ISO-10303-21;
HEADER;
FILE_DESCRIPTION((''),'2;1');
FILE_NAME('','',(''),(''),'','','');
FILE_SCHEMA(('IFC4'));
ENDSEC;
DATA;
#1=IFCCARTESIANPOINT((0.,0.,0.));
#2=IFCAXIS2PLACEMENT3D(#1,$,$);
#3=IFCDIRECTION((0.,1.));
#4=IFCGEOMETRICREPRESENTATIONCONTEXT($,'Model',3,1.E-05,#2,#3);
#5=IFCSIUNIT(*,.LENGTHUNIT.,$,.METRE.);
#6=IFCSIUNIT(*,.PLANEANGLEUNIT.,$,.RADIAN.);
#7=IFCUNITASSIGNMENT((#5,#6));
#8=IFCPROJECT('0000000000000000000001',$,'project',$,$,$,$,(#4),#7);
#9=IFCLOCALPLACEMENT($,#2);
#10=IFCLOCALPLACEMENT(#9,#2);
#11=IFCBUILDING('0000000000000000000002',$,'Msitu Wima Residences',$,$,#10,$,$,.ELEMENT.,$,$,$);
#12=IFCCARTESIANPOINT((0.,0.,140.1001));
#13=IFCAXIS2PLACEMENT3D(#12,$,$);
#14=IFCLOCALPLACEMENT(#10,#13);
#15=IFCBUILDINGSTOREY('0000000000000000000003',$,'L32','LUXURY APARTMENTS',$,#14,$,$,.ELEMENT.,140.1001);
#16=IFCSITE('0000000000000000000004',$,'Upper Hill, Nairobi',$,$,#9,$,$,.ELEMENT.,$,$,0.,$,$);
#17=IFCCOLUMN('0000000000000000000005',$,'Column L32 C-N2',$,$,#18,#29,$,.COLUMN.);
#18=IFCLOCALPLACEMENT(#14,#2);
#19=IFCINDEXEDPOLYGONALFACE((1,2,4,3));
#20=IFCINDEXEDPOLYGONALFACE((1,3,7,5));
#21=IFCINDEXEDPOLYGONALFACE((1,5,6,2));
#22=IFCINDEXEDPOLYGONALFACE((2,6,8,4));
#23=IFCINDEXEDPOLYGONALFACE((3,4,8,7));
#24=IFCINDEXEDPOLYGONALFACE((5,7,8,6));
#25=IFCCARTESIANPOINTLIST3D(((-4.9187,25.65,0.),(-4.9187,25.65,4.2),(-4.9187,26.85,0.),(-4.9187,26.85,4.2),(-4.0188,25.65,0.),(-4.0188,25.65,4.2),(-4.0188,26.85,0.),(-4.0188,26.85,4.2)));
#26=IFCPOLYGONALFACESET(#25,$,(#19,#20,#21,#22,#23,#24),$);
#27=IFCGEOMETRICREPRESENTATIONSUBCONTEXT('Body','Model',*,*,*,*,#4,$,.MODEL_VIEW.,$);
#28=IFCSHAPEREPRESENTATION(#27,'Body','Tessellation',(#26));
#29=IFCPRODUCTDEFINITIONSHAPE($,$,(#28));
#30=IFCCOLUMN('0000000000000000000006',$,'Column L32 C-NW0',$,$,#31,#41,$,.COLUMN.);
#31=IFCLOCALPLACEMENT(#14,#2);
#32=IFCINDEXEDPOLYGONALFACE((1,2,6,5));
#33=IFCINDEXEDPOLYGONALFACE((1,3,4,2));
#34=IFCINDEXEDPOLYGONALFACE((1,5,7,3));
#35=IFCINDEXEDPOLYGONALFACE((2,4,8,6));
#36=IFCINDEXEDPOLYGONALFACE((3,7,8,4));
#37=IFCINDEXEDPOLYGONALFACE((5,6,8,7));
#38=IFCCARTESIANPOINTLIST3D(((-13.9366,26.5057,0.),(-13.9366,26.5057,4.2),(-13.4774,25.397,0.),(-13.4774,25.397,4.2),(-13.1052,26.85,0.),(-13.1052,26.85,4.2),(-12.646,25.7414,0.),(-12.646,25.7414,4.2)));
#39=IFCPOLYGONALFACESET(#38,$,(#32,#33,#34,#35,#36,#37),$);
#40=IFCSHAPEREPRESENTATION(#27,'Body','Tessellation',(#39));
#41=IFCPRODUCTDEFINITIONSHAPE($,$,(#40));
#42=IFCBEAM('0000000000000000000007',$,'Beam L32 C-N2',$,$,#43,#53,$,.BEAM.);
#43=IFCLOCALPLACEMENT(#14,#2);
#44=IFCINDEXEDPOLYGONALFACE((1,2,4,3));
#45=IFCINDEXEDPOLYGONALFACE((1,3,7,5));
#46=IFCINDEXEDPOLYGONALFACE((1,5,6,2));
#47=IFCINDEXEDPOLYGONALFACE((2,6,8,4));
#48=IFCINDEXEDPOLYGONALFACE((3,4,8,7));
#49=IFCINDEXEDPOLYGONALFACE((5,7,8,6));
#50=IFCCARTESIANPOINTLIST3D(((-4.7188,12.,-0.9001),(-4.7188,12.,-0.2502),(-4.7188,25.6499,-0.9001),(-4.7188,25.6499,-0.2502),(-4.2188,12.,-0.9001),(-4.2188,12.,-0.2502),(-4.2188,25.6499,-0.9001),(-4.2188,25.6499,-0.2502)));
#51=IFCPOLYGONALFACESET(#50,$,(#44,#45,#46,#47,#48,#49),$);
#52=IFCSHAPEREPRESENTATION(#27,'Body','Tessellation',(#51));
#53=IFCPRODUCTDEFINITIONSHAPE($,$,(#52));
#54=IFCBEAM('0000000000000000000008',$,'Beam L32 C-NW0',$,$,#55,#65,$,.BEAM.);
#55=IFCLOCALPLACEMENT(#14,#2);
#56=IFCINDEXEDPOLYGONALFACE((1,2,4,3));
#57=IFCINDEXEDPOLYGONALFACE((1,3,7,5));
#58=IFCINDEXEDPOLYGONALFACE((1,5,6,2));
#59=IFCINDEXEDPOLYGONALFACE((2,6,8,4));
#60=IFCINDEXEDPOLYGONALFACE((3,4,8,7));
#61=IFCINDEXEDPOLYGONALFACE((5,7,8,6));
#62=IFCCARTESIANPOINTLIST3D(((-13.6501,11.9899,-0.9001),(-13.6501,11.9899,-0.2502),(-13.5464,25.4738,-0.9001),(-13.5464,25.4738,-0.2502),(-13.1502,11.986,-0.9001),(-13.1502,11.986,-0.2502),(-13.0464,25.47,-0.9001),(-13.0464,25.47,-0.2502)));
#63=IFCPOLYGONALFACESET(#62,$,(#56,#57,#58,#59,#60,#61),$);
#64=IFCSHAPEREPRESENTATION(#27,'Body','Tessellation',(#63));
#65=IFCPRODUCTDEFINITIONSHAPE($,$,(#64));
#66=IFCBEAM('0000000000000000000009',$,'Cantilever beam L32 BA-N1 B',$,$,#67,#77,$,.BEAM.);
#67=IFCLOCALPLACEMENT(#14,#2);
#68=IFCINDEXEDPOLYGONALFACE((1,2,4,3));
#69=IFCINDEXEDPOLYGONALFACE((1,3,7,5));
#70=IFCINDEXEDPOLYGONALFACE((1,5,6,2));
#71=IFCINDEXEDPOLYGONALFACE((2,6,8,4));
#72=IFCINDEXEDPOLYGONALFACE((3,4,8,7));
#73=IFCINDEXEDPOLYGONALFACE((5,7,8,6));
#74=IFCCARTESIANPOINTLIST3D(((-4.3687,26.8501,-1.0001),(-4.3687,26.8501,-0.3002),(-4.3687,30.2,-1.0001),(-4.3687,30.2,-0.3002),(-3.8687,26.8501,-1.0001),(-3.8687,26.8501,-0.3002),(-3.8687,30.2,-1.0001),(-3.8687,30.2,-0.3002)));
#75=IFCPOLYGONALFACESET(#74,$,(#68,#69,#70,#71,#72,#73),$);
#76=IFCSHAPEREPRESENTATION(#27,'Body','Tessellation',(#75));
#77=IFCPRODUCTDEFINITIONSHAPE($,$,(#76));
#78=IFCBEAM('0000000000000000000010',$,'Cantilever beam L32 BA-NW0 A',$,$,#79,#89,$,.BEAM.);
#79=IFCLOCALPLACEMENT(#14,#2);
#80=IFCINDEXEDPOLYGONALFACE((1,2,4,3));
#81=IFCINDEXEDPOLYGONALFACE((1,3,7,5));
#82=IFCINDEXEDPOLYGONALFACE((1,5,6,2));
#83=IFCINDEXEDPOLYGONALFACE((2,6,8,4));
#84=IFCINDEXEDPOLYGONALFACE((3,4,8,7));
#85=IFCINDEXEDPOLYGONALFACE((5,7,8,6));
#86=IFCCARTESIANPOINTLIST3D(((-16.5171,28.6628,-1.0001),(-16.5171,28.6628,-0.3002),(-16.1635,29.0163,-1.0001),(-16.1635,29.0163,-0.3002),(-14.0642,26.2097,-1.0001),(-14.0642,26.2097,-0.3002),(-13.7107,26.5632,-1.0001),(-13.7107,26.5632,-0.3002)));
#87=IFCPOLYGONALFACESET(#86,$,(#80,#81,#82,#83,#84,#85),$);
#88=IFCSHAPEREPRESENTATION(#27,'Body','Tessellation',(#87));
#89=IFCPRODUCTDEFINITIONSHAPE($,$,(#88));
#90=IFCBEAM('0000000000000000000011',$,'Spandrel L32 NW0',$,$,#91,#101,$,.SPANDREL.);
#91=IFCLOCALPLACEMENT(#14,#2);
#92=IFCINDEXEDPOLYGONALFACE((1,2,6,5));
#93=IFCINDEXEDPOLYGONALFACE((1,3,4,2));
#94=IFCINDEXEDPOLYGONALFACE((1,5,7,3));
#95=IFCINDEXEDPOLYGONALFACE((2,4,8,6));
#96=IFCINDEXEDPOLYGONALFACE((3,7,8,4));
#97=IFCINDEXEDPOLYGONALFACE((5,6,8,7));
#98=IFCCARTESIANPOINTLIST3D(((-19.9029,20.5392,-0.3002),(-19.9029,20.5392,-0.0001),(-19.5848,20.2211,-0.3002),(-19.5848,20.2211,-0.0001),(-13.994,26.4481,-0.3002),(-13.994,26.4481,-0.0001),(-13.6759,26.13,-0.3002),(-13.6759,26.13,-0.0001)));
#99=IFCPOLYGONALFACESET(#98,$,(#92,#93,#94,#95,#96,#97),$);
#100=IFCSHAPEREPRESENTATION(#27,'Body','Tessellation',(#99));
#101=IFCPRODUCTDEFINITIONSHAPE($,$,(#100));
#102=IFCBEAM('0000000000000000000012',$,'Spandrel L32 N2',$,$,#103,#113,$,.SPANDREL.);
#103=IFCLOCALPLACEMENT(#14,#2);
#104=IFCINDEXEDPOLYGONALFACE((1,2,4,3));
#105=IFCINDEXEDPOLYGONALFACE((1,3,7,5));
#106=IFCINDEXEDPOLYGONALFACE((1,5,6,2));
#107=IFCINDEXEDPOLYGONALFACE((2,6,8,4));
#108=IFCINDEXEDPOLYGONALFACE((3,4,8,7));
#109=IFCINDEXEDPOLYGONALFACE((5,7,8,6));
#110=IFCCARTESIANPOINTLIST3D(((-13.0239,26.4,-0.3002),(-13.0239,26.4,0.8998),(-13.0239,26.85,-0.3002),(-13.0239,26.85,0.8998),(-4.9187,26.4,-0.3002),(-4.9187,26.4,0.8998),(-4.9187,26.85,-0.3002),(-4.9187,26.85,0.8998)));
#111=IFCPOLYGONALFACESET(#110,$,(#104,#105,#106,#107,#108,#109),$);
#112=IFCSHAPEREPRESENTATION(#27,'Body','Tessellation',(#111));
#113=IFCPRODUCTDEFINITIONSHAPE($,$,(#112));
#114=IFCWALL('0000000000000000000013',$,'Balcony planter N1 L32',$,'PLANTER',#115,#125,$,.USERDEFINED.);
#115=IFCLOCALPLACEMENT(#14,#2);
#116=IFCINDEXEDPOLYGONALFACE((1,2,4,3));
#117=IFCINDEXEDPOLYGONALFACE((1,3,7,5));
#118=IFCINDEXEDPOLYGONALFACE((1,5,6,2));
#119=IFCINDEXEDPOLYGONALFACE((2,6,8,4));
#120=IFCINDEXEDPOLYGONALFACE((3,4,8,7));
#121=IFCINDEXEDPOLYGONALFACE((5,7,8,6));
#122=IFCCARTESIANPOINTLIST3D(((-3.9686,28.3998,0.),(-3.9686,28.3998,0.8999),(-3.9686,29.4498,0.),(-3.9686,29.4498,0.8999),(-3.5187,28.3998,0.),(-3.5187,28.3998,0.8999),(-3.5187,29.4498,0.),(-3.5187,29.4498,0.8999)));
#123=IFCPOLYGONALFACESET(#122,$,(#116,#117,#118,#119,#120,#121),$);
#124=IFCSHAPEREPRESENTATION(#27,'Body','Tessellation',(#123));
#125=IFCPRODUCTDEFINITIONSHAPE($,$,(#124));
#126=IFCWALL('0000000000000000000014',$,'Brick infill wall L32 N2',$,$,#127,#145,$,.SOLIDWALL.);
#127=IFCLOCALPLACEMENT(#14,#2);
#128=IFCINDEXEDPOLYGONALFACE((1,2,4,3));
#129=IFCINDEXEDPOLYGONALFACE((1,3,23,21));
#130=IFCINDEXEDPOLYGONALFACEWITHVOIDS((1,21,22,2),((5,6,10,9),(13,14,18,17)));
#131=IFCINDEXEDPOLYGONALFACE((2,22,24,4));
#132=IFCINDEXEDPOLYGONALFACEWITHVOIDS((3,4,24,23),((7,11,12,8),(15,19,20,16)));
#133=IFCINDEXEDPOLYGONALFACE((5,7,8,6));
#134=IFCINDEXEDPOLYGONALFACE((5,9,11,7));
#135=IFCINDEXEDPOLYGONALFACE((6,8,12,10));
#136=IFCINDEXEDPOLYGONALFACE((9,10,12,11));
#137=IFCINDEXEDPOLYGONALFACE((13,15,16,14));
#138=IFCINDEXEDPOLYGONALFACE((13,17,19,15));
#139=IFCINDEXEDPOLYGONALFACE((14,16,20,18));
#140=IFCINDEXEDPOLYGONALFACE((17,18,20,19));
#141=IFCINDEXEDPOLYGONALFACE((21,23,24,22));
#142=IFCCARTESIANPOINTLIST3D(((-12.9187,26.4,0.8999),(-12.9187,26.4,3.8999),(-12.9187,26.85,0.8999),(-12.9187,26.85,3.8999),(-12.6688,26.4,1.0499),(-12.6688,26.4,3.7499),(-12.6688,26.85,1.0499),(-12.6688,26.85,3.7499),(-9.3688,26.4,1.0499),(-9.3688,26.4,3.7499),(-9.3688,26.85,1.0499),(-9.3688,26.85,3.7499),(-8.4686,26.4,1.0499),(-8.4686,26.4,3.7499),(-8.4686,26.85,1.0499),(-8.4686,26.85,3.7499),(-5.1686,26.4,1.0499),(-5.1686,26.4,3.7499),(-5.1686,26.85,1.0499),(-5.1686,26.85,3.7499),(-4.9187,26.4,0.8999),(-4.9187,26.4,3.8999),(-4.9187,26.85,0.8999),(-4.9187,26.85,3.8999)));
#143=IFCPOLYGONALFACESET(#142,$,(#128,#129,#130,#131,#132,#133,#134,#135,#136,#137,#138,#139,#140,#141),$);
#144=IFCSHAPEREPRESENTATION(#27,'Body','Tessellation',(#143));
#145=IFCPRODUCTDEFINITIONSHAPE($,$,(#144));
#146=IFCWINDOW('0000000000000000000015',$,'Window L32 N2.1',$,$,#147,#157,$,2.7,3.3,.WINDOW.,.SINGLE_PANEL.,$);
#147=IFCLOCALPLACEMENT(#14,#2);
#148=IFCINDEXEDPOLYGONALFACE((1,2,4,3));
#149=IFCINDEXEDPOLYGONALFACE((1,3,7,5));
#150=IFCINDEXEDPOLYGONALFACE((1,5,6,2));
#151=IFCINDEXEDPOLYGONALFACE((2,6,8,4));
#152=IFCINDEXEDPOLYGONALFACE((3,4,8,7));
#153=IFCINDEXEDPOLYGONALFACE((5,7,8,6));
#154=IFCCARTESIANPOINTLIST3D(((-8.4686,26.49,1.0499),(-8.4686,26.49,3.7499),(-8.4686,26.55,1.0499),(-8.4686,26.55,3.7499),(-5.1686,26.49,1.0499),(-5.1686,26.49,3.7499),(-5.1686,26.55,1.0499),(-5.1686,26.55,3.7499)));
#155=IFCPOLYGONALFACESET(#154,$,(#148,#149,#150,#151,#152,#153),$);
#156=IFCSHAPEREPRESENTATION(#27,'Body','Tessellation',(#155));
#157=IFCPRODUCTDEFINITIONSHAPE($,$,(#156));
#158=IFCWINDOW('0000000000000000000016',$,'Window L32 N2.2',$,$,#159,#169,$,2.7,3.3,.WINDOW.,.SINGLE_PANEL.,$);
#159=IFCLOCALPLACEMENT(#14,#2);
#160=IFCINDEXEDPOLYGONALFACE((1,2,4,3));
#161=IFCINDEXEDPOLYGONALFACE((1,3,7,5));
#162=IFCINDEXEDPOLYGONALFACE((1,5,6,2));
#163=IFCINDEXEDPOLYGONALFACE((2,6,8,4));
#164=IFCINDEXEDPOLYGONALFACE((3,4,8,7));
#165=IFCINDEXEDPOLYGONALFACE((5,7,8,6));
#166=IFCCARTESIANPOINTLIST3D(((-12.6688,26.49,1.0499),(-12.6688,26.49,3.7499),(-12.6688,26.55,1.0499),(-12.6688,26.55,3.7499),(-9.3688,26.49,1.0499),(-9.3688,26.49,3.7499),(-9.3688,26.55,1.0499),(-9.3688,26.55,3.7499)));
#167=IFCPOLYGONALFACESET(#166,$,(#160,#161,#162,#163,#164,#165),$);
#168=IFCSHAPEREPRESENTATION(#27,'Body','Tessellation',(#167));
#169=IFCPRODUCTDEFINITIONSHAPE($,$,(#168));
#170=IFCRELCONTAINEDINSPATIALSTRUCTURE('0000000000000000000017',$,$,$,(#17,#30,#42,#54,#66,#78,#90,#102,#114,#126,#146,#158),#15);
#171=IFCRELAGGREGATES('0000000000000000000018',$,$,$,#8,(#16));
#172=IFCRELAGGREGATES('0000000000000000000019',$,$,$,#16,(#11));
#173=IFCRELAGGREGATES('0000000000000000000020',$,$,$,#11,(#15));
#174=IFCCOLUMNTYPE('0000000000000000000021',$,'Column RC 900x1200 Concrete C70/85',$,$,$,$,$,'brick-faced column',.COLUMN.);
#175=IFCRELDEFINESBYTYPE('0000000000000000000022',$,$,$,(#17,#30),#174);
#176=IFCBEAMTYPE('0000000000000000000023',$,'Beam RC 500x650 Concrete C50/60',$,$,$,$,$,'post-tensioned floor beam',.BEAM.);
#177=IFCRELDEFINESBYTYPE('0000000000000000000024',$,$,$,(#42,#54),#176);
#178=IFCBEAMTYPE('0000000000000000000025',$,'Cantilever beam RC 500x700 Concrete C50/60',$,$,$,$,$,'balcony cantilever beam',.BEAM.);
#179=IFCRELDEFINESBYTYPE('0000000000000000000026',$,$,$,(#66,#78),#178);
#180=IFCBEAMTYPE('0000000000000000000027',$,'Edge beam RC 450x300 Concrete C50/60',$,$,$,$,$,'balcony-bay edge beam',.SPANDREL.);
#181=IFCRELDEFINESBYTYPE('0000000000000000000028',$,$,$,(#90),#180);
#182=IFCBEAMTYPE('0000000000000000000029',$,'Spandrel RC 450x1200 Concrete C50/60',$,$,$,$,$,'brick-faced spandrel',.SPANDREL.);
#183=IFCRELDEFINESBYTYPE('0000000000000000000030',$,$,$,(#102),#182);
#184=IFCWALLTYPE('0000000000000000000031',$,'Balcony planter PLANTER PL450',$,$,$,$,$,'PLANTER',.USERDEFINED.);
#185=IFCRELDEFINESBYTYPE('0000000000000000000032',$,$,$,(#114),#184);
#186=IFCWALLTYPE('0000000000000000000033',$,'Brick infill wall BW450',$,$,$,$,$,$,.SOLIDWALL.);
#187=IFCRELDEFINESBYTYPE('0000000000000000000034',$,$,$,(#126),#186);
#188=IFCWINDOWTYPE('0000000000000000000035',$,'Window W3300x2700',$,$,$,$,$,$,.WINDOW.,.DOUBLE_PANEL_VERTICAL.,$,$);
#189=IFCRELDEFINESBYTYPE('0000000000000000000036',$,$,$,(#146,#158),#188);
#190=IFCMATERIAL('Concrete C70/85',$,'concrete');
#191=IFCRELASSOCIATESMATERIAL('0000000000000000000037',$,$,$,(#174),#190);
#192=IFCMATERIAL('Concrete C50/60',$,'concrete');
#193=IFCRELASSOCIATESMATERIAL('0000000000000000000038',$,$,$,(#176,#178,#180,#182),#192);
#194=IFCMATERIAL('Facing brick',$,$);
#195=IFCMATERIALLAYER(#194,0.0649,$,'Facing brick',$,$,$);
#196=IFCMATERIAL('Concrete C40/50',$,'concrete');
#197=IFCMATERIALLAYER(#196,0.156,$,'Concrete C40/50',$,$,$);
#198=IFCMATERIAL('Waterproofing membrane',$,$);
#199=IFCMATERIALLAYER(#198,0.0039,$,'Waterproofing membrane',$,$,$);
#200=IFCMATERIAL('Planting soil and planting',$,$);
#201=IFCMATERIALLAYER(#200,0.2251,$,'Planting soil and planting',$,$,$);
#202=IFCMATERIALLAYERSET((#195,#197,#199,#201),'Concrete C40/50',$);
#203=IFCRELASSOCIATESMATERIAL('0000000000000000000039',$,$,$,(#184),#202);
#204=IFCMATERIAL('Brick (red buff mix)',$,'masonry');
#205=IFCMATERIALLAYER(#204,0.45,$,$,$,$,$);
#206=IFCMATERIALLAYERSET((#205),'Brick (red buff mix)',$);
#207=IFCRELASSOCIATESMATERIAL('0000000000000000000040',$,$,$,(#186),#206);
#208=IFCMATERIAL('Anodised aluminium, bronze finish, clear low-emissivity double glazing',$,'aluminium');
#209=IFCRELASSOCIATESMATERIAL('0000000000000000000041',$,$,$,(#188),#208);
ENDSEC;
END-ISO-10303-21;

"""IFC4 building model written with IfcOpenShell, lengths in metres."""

from ifc_helpers import new_model, si_unit, direction, frame, frame_2d, origin, origin_2d, place, context, subcontext, project, spatial, rectangle, extrude, material, layer, layer_set, material_profile, profile_set, type_object, element, fill, save


model = new_model("IFC4")

# Units and contexts
model_context = context("Model", 3, precision=1e-05, world=origin(), true_north=direction((0.0, 1.0)))
body_context = subcontext(model_context, "Body", "Model", "MODEL_VIEW")
ifc_project = project(units=[si_unit("LENGTHUNIT", "METRE"), si_unit("PLANEANGLEUNIT", "RADIAN")], contexts=[model_context])

# Site, building, storey
site_placement = place(None, origin())
site = spatial("IfcSite", under=ifc_project, at=site_placement, Name="Upper Hill, Nairobi", CompositionType="ELEMENT", RefElevation=0.0)
building_placement = place(site_placement, origin())
building = spatial("IfcBuilding", under=site, at=building_placement, Name="Msitu Wima Residences", CompositionType="ELEMENT")
storey_placement = place(building_placement, frame((0.0, 0.0, 140.1001)))
storey = spatial("IfcBuildingStorey", under=building, at=storey_placement, Name="L32", Description="LUXURY APARTMENTS", CompositionType="ELEMENT", Elevation=140.1001)

# Columns
ifc_material_1 = material(Name="Concrete C70/85", Category="concrete")
ifc_material_profile_1 = material_profile(ifc_material_1, rectangle(XDim=0.8999, YDim=1.2, at=origin_2d()), Name="RC 900x1200")
ifc_profile_set_1 = profile_set([ifc_material_profile_1], Name="Concrete C70/85")
column_type = type_object("IfcColumnType", Name="Column RC 900x1200 Concrete C70/85", ElementType="brick-faced column", PredefinedType="COLUMN", material=ifc_profile_set_1)
for number, where, z_axis, x_axis, name in (
    (1, (-4.4688, 26.25, 0.0), (0.0, 0.0, 1.0), (-1.0, 0.0, 0.0), "Column L32 C-N2"),
    (2, (-13.2913, 26.1235, 0.0), (0.0, 0.0, 1.0), (-0.92388, -0.382683, 0.0), "Column L32 C-NW0"),
):
    element("IfcColumn", number, at=place(storey_placement, frame(where, z_axis=z_axis, x_axis=x_axis)), inside=storey, type_object=column_type, Name=name, PredefinedType="COLUMN", context=body_context, shape_type="SweptSolid", body=[
        extrude(rectangle(XDim=0.8999, YDim=1.2, at=origin_2d()), origin(), (0.0, 0.0, 1.0), 4.2),
    ])

# Beams
ifc_material_2 = material(Name="Concrete C50/60", Category="concrete")
ifc_material_profile_2 = material_profile(ifc_material_2, rectangle(XDim=0.5, YDim=0.6499, at=origin_2d()), Name="RC 500x650")
ifc_profile_set_2 = profile_set([ifc_material_profile_2], Name="Concrete C50/60")
beam_type_1 = type_object("IfcBeamType", Name="Beam RC 500x650 Concrete C50/60", ElementType="post-tensioned floor beam", PredefinedType="BEAM", material=ifc_profile_set_2)
beam_1_placement = place(storey_placement, frame((-4.4688, 25.6499, -0.5752), z_axis=(0.0, -1.0, 0.0), x_axis=(1.0, 0.0, 0.0)))
element("IfcBeam", 3, at=beam_1_placement, inside=storey, type_object=beam_type_1, Name="Beam L32 C-N2", PredefinedType="BEAM", context=body_context, shape_type="SweptSolid", body=[
    extrude(rectangle(XDim=0.5, YDim=0.6499, at=origin_2d()), origin(), (0.0, 0.0, 1.0), 13.6499),
])
beam_2_placement = place(storey_placement, frame((-13.2964, 25.4719, -0.5752), z_axis=(-0.007695, -0.99997, 0.0), x_axis=(0.99997, -0.007695, 0.0)))
element("IfcBeam", 4, at=beam_2_placement, inside=storey, type_object=beam_type_1, Name="Beam L32 C-NW0", PredefinedType="BEAM", context=body_context, shape_type="SweptSolid", body=[
    extrude(rectangle(XDim=0.5, YDim=0.6499, at=origin_2d()), origin(), (0.0, 0.0, 1.0), 13.4844),
])
ifc_material_profile_3 = material_profile(ifc_material_2, rectangle(XDim=0.5, YDim=0.7, at=origin_2d()), Name="RC 500x700")
ifc_profile_set_3 = profile_set([ifc_material_profile_3], Name="Concrete C50/60")
beam_type_2 = type_object("IfcBeamType", Name="Cantilever beam RC 500x700 Concrete C50/60", ElementType="balcony cantilever beam", PredefinedType="BEAM", material=ifc_profile_set_3)
beam_3_placement = place(storey_placement, frame((-4.1187, 26.8501, -0.6501), z_axis=(0.0, 1.0, 0.0), x_axis=(-1.0, 0.0, 0.0)))
element("IfcBeam", 5, at=beam_3_placement, inside=storey, type_object=beam_type_2, Name="Cantilever beam L32 BA-N1 B", PredefinedType="BEAM", context=body_context, shape_type="SweptSolid", body=[
    extrude(rectangle(XDim=0.5, YDim=0.7, at=origin_2d()), origin(), (0.0, 0.0, 1.0), 3.3499),
])
beam_4_placement = place(storey_placement, frame((-13.8875, 26.3865, -0.6501), z_axis=(-0.707072, 0.707142, 0.0), x_axis=(-0.707142, -0.707072, 0.0)))
element("IfcBeam", 6, at=beam_4_placement, inside=storey, type_object=beam_type_2, Name="Cantilever beam L32 BA-NW0 A", PredefinedType="BEAM", context=body_context, shape_type="SweptSolid", body=[
    extrude(rectangle(XDim=0.5, YDim=0.7, at=origin_2d()), origin(), (0.0, 0.0, 1.0), 3.469),
])
ifc_material_profile_4 = material_profile(ifc_material_2, rectangle(XDim=0.45, YDim=0.3, at=origin_2d()), Name="RC 450x300")
ifc_profile_set_4 = profile_set([ifc_material_profile_4], Name="Concrete C50/60")
beam_type_3 = type_object("IfcBeamType", Name="Edge beam RC 450x300 Concrete C50/60", ElementType="balcony-bay edge beam", PredefinedType="SPANDREL", material=ifc_profile_set_4)
beam_5_placement = place(storey_placement, frame((-13.835, 26.2891, -0.1501), z_axis=(-0.707107, -0.707107, 0.0), x_axis=(0.707107, -0.707107, 0.0)))
element("IfcBeam", 7, at=beam_5_placement, inside=storey, type_object=beam_type_3, Name="Spandrel L32 NW0", PredefinedType="SPANDREL", context=body_context, shape_type="SweptSolid", body=[
    extrude(rectangle(XDim=0.45, YDim=0.3, at=origin_2d()), origin(), (0.0, 0.0, 1.0), 8.3564),
])
ifc_material_profile_5 = material_profile(ifc_material_2, rectangle(XDim=0.45, YDim=1.2, at=origin_2d()), Name="RC 450x1200")
ifc_profile_set_5 = profile_set([ifc_material_profile_5], Name="Concrete C50/60")
beam_type_4 = type_object("IfcBeamType", Name="Spandrel RC 450x1200 Concrete C50/60", ElementType="brick-faced spandrel", PredefinedType="SPANDREL", material=ifc_profile_set_5)
beam_6_placement = place(storey_placement, frame((-4.9187, 26.625, 0.2998), z_axis=(-1.0, 0.0, 0.0), x_axis=(0.0, -1.0, 0.0)))
element("IfcBeam", 8, at=beam_6_placement, inside=storey, type_object=beam_type_4, Name="Spandrel L32 N2", PredefinedType="SPANDREL", context=body_context, shape_type="SweptSolid", body=[
    extrude(rectangle(XDim=0.45, YDim=1.2, at=origin_2d()), origin(), (0.0, 0.0, 1.0), 8.1052),
])

# Wall
ifc_material_3 = material(Name="Facing brick")
ifc_layer_1 = layer(ifc_material_3, 0.0649, Name="Facing brick")
ifc_material_4 = material(Name="Concrete C40/50", Category="concrete")
ifc_layer_2 = layer(ifc_material_4, 0.156, Name="Concrete C40/50")
ifc_material_5 = material(Name="Waterproofing membrane")
ifc_layer_3 = layer(ifc_material_5, 0.0039, Name="Waterproofing membrane")
ifc_material_6 = material(Name="Planting soil and planting")
ifc_layer_4 = layer(ifc_material_6, 0.2251, Name="Planting soil and planting")
ifc_layer_set_1 = layer_set([ifc_layer_1, ifc_layer_2, ifc_layer_3, ifc_layer_4], Name="Concrete C40/50")
wall_type_1 = type_object("IfcWallType", Name="Balcony planter PLANTER PL450", ElementType="PLANTER", PredefinedType="USERDEFINED", material=ifc_layer_set_1)
wall_1_placement = place(storey_placement, frame((-3.7437, 28.3999, 0.0), z_axis=(0.0, 0.0, 1.0), x_axis=(0.0, 1.0, 0.0)))
element("IfcWall", 9, at=wall_1_placement, inside=storey, type_object=wall_type_1, Name="Balcony planter N1 L32", ObjectType="PLANTER", PredefinedType="USERDEFINED", context=body_context, shape_type="SweptSolid", body=[
    extrude(rectangle(XDim=1.05, YDim=0.45, at=frame_2d((0.5249, 0.0))), origin(), (0.0, 0.0, 1.0), 0.8999),
])

# Wall, openings, windows
ifc_material_7 = material(Name="Brick (red buff mix)", Category="masonry")
ifc_layer_5 = layer(ifc_material_7, 0.45)
ifc_layer_set_2 = layer_set([ifc_layer_5], Name="Brick (red buff mix)")
wall_type_2 = type_object("IfcWallType", Name="Brick infill wall BW450", PredefinedType="SOLIDWALL", material=ifc_layer_set_2)
wall_2_placement = place(storey_placement, frame((-4.9187, 26.625, 0.8999), z_axis=(0.0, 0.0, 1.0), x_axis=(-1.0, 0.0, 0.0)))
wall_2 = element("IfcWall", 10, at=wall_2_placement, inside=storey, type_object=wall_type_2, Name="Brick infill wall L32 N2", PredefinedType="SOLIDWALL", context=body_context, shape_type="SweptSolid", body=[
    extrude(rectangle(XDim=8.0, YDim=0.45, at=frame_2d((4.0, 0.0))), origin(), (0.0, 0.0, 1.0), 3.0),
])
opening_1_placement = place(wall_2_placement, frame((0.25, 0.0, 0.1499)))
opening_1 = element("IfcOpeningElement", 11, at=opening_1_placement, cuts=wall_2, PredefinedType="OPENING", context=body_context, shape_type="SweptSolid", body=[
    extrude(rectangle(XDim=3.3, YDim=2.7, at=frame_2d((1.6499, 1.3501))), frame((0.0, 0.2349, 0.0), z_axis=(0.0, -1.0, 0.0), x_axis=(1.0, 0.0, 0.0)), (0.0, 0.0, 1.0), 0.47),
])
opening_2_placement = place(wall_2_placement, frame((4.4502, 0.0, 0.1499)))
opening_2 = element("IfcOpeningElement", 12, at=opening_2_placement, cuts=wall_2, PredefinedType="OPENING", context=body_context, shape_type="SweptSolid", body=[
    extrude(rectangle(XDim=3.3, YDim=2.7, at=frame_2d((1.6499, 1.3501))), frame((0.0, 0.2349, 0.0), z_axis=(0.0, -1.0, 0.0), x_axis=(1.0, 0.0, 0.0)), (0.0, 0.0, 1.0), 0.47),
])
ifc_material_8 = material(Name="Anodised aluminium, bronze finish, clear low-emissivity double glazing", Category="aluminium")
window_type = type_object("IfcWindowType", Name="Window W3300x2700", PartitioningType="DOUBLE_PANEL_VERTICAL", PredefinedType="WINDOW", material=ifc_material_8)
window_1_placement = place(opening_1_placement, origin())
window_1 = element("IfcWindow", 13, at=window_1_placement, inside=storey, type_object=window_type, Name="Window L32 N2.1", OverallHeight=2.7, OverallWidth=3.3, PartitioningType="SINGLE_PANEL", PredefinedType="WINDOW", context=body_context, shape_type="SweptSolid", body=[
    extrude(rectangle(XDim=3.3, YDim=2.7, at=frame_2d((1.6499, 1.3501))), frame((0.0, 0.135, 0.0), z_axis=(0.0, -1.0, 0.0), x_axis=(1.0, 0.0, 0.0)), (0.0, 0.0, 1.0), 0.0601),
])
fill(opening_1, window_1)
window_2_placement = place(opening_2_placement, origin())
window_2 = element("IfcWindow", 14, at=window_2_placement, inside=storey, type_object=window_type, Name="Window L32 N2.2", OverallHeight=2.7, OverallWidth=3.3, PartitioningType="SINGLE_PANEL", PredefinedType="WINDOW", context=body_context, shape_type="SweptSolid", body=[
    extrude(rectangle(XDim=3.3, YDim=2.7, at=frame_2d((1.6499, 1.3501))), frame((0.0, 0.135, 0.0), z_axis=(0.0, -1.0, 0.0), x_axis=(1.0, 0.0, 0.0)), (0.0, 0.0, 1.0), 0.0601),
])
fill(opening_2, window_2)

save(model, "model.ifc")
